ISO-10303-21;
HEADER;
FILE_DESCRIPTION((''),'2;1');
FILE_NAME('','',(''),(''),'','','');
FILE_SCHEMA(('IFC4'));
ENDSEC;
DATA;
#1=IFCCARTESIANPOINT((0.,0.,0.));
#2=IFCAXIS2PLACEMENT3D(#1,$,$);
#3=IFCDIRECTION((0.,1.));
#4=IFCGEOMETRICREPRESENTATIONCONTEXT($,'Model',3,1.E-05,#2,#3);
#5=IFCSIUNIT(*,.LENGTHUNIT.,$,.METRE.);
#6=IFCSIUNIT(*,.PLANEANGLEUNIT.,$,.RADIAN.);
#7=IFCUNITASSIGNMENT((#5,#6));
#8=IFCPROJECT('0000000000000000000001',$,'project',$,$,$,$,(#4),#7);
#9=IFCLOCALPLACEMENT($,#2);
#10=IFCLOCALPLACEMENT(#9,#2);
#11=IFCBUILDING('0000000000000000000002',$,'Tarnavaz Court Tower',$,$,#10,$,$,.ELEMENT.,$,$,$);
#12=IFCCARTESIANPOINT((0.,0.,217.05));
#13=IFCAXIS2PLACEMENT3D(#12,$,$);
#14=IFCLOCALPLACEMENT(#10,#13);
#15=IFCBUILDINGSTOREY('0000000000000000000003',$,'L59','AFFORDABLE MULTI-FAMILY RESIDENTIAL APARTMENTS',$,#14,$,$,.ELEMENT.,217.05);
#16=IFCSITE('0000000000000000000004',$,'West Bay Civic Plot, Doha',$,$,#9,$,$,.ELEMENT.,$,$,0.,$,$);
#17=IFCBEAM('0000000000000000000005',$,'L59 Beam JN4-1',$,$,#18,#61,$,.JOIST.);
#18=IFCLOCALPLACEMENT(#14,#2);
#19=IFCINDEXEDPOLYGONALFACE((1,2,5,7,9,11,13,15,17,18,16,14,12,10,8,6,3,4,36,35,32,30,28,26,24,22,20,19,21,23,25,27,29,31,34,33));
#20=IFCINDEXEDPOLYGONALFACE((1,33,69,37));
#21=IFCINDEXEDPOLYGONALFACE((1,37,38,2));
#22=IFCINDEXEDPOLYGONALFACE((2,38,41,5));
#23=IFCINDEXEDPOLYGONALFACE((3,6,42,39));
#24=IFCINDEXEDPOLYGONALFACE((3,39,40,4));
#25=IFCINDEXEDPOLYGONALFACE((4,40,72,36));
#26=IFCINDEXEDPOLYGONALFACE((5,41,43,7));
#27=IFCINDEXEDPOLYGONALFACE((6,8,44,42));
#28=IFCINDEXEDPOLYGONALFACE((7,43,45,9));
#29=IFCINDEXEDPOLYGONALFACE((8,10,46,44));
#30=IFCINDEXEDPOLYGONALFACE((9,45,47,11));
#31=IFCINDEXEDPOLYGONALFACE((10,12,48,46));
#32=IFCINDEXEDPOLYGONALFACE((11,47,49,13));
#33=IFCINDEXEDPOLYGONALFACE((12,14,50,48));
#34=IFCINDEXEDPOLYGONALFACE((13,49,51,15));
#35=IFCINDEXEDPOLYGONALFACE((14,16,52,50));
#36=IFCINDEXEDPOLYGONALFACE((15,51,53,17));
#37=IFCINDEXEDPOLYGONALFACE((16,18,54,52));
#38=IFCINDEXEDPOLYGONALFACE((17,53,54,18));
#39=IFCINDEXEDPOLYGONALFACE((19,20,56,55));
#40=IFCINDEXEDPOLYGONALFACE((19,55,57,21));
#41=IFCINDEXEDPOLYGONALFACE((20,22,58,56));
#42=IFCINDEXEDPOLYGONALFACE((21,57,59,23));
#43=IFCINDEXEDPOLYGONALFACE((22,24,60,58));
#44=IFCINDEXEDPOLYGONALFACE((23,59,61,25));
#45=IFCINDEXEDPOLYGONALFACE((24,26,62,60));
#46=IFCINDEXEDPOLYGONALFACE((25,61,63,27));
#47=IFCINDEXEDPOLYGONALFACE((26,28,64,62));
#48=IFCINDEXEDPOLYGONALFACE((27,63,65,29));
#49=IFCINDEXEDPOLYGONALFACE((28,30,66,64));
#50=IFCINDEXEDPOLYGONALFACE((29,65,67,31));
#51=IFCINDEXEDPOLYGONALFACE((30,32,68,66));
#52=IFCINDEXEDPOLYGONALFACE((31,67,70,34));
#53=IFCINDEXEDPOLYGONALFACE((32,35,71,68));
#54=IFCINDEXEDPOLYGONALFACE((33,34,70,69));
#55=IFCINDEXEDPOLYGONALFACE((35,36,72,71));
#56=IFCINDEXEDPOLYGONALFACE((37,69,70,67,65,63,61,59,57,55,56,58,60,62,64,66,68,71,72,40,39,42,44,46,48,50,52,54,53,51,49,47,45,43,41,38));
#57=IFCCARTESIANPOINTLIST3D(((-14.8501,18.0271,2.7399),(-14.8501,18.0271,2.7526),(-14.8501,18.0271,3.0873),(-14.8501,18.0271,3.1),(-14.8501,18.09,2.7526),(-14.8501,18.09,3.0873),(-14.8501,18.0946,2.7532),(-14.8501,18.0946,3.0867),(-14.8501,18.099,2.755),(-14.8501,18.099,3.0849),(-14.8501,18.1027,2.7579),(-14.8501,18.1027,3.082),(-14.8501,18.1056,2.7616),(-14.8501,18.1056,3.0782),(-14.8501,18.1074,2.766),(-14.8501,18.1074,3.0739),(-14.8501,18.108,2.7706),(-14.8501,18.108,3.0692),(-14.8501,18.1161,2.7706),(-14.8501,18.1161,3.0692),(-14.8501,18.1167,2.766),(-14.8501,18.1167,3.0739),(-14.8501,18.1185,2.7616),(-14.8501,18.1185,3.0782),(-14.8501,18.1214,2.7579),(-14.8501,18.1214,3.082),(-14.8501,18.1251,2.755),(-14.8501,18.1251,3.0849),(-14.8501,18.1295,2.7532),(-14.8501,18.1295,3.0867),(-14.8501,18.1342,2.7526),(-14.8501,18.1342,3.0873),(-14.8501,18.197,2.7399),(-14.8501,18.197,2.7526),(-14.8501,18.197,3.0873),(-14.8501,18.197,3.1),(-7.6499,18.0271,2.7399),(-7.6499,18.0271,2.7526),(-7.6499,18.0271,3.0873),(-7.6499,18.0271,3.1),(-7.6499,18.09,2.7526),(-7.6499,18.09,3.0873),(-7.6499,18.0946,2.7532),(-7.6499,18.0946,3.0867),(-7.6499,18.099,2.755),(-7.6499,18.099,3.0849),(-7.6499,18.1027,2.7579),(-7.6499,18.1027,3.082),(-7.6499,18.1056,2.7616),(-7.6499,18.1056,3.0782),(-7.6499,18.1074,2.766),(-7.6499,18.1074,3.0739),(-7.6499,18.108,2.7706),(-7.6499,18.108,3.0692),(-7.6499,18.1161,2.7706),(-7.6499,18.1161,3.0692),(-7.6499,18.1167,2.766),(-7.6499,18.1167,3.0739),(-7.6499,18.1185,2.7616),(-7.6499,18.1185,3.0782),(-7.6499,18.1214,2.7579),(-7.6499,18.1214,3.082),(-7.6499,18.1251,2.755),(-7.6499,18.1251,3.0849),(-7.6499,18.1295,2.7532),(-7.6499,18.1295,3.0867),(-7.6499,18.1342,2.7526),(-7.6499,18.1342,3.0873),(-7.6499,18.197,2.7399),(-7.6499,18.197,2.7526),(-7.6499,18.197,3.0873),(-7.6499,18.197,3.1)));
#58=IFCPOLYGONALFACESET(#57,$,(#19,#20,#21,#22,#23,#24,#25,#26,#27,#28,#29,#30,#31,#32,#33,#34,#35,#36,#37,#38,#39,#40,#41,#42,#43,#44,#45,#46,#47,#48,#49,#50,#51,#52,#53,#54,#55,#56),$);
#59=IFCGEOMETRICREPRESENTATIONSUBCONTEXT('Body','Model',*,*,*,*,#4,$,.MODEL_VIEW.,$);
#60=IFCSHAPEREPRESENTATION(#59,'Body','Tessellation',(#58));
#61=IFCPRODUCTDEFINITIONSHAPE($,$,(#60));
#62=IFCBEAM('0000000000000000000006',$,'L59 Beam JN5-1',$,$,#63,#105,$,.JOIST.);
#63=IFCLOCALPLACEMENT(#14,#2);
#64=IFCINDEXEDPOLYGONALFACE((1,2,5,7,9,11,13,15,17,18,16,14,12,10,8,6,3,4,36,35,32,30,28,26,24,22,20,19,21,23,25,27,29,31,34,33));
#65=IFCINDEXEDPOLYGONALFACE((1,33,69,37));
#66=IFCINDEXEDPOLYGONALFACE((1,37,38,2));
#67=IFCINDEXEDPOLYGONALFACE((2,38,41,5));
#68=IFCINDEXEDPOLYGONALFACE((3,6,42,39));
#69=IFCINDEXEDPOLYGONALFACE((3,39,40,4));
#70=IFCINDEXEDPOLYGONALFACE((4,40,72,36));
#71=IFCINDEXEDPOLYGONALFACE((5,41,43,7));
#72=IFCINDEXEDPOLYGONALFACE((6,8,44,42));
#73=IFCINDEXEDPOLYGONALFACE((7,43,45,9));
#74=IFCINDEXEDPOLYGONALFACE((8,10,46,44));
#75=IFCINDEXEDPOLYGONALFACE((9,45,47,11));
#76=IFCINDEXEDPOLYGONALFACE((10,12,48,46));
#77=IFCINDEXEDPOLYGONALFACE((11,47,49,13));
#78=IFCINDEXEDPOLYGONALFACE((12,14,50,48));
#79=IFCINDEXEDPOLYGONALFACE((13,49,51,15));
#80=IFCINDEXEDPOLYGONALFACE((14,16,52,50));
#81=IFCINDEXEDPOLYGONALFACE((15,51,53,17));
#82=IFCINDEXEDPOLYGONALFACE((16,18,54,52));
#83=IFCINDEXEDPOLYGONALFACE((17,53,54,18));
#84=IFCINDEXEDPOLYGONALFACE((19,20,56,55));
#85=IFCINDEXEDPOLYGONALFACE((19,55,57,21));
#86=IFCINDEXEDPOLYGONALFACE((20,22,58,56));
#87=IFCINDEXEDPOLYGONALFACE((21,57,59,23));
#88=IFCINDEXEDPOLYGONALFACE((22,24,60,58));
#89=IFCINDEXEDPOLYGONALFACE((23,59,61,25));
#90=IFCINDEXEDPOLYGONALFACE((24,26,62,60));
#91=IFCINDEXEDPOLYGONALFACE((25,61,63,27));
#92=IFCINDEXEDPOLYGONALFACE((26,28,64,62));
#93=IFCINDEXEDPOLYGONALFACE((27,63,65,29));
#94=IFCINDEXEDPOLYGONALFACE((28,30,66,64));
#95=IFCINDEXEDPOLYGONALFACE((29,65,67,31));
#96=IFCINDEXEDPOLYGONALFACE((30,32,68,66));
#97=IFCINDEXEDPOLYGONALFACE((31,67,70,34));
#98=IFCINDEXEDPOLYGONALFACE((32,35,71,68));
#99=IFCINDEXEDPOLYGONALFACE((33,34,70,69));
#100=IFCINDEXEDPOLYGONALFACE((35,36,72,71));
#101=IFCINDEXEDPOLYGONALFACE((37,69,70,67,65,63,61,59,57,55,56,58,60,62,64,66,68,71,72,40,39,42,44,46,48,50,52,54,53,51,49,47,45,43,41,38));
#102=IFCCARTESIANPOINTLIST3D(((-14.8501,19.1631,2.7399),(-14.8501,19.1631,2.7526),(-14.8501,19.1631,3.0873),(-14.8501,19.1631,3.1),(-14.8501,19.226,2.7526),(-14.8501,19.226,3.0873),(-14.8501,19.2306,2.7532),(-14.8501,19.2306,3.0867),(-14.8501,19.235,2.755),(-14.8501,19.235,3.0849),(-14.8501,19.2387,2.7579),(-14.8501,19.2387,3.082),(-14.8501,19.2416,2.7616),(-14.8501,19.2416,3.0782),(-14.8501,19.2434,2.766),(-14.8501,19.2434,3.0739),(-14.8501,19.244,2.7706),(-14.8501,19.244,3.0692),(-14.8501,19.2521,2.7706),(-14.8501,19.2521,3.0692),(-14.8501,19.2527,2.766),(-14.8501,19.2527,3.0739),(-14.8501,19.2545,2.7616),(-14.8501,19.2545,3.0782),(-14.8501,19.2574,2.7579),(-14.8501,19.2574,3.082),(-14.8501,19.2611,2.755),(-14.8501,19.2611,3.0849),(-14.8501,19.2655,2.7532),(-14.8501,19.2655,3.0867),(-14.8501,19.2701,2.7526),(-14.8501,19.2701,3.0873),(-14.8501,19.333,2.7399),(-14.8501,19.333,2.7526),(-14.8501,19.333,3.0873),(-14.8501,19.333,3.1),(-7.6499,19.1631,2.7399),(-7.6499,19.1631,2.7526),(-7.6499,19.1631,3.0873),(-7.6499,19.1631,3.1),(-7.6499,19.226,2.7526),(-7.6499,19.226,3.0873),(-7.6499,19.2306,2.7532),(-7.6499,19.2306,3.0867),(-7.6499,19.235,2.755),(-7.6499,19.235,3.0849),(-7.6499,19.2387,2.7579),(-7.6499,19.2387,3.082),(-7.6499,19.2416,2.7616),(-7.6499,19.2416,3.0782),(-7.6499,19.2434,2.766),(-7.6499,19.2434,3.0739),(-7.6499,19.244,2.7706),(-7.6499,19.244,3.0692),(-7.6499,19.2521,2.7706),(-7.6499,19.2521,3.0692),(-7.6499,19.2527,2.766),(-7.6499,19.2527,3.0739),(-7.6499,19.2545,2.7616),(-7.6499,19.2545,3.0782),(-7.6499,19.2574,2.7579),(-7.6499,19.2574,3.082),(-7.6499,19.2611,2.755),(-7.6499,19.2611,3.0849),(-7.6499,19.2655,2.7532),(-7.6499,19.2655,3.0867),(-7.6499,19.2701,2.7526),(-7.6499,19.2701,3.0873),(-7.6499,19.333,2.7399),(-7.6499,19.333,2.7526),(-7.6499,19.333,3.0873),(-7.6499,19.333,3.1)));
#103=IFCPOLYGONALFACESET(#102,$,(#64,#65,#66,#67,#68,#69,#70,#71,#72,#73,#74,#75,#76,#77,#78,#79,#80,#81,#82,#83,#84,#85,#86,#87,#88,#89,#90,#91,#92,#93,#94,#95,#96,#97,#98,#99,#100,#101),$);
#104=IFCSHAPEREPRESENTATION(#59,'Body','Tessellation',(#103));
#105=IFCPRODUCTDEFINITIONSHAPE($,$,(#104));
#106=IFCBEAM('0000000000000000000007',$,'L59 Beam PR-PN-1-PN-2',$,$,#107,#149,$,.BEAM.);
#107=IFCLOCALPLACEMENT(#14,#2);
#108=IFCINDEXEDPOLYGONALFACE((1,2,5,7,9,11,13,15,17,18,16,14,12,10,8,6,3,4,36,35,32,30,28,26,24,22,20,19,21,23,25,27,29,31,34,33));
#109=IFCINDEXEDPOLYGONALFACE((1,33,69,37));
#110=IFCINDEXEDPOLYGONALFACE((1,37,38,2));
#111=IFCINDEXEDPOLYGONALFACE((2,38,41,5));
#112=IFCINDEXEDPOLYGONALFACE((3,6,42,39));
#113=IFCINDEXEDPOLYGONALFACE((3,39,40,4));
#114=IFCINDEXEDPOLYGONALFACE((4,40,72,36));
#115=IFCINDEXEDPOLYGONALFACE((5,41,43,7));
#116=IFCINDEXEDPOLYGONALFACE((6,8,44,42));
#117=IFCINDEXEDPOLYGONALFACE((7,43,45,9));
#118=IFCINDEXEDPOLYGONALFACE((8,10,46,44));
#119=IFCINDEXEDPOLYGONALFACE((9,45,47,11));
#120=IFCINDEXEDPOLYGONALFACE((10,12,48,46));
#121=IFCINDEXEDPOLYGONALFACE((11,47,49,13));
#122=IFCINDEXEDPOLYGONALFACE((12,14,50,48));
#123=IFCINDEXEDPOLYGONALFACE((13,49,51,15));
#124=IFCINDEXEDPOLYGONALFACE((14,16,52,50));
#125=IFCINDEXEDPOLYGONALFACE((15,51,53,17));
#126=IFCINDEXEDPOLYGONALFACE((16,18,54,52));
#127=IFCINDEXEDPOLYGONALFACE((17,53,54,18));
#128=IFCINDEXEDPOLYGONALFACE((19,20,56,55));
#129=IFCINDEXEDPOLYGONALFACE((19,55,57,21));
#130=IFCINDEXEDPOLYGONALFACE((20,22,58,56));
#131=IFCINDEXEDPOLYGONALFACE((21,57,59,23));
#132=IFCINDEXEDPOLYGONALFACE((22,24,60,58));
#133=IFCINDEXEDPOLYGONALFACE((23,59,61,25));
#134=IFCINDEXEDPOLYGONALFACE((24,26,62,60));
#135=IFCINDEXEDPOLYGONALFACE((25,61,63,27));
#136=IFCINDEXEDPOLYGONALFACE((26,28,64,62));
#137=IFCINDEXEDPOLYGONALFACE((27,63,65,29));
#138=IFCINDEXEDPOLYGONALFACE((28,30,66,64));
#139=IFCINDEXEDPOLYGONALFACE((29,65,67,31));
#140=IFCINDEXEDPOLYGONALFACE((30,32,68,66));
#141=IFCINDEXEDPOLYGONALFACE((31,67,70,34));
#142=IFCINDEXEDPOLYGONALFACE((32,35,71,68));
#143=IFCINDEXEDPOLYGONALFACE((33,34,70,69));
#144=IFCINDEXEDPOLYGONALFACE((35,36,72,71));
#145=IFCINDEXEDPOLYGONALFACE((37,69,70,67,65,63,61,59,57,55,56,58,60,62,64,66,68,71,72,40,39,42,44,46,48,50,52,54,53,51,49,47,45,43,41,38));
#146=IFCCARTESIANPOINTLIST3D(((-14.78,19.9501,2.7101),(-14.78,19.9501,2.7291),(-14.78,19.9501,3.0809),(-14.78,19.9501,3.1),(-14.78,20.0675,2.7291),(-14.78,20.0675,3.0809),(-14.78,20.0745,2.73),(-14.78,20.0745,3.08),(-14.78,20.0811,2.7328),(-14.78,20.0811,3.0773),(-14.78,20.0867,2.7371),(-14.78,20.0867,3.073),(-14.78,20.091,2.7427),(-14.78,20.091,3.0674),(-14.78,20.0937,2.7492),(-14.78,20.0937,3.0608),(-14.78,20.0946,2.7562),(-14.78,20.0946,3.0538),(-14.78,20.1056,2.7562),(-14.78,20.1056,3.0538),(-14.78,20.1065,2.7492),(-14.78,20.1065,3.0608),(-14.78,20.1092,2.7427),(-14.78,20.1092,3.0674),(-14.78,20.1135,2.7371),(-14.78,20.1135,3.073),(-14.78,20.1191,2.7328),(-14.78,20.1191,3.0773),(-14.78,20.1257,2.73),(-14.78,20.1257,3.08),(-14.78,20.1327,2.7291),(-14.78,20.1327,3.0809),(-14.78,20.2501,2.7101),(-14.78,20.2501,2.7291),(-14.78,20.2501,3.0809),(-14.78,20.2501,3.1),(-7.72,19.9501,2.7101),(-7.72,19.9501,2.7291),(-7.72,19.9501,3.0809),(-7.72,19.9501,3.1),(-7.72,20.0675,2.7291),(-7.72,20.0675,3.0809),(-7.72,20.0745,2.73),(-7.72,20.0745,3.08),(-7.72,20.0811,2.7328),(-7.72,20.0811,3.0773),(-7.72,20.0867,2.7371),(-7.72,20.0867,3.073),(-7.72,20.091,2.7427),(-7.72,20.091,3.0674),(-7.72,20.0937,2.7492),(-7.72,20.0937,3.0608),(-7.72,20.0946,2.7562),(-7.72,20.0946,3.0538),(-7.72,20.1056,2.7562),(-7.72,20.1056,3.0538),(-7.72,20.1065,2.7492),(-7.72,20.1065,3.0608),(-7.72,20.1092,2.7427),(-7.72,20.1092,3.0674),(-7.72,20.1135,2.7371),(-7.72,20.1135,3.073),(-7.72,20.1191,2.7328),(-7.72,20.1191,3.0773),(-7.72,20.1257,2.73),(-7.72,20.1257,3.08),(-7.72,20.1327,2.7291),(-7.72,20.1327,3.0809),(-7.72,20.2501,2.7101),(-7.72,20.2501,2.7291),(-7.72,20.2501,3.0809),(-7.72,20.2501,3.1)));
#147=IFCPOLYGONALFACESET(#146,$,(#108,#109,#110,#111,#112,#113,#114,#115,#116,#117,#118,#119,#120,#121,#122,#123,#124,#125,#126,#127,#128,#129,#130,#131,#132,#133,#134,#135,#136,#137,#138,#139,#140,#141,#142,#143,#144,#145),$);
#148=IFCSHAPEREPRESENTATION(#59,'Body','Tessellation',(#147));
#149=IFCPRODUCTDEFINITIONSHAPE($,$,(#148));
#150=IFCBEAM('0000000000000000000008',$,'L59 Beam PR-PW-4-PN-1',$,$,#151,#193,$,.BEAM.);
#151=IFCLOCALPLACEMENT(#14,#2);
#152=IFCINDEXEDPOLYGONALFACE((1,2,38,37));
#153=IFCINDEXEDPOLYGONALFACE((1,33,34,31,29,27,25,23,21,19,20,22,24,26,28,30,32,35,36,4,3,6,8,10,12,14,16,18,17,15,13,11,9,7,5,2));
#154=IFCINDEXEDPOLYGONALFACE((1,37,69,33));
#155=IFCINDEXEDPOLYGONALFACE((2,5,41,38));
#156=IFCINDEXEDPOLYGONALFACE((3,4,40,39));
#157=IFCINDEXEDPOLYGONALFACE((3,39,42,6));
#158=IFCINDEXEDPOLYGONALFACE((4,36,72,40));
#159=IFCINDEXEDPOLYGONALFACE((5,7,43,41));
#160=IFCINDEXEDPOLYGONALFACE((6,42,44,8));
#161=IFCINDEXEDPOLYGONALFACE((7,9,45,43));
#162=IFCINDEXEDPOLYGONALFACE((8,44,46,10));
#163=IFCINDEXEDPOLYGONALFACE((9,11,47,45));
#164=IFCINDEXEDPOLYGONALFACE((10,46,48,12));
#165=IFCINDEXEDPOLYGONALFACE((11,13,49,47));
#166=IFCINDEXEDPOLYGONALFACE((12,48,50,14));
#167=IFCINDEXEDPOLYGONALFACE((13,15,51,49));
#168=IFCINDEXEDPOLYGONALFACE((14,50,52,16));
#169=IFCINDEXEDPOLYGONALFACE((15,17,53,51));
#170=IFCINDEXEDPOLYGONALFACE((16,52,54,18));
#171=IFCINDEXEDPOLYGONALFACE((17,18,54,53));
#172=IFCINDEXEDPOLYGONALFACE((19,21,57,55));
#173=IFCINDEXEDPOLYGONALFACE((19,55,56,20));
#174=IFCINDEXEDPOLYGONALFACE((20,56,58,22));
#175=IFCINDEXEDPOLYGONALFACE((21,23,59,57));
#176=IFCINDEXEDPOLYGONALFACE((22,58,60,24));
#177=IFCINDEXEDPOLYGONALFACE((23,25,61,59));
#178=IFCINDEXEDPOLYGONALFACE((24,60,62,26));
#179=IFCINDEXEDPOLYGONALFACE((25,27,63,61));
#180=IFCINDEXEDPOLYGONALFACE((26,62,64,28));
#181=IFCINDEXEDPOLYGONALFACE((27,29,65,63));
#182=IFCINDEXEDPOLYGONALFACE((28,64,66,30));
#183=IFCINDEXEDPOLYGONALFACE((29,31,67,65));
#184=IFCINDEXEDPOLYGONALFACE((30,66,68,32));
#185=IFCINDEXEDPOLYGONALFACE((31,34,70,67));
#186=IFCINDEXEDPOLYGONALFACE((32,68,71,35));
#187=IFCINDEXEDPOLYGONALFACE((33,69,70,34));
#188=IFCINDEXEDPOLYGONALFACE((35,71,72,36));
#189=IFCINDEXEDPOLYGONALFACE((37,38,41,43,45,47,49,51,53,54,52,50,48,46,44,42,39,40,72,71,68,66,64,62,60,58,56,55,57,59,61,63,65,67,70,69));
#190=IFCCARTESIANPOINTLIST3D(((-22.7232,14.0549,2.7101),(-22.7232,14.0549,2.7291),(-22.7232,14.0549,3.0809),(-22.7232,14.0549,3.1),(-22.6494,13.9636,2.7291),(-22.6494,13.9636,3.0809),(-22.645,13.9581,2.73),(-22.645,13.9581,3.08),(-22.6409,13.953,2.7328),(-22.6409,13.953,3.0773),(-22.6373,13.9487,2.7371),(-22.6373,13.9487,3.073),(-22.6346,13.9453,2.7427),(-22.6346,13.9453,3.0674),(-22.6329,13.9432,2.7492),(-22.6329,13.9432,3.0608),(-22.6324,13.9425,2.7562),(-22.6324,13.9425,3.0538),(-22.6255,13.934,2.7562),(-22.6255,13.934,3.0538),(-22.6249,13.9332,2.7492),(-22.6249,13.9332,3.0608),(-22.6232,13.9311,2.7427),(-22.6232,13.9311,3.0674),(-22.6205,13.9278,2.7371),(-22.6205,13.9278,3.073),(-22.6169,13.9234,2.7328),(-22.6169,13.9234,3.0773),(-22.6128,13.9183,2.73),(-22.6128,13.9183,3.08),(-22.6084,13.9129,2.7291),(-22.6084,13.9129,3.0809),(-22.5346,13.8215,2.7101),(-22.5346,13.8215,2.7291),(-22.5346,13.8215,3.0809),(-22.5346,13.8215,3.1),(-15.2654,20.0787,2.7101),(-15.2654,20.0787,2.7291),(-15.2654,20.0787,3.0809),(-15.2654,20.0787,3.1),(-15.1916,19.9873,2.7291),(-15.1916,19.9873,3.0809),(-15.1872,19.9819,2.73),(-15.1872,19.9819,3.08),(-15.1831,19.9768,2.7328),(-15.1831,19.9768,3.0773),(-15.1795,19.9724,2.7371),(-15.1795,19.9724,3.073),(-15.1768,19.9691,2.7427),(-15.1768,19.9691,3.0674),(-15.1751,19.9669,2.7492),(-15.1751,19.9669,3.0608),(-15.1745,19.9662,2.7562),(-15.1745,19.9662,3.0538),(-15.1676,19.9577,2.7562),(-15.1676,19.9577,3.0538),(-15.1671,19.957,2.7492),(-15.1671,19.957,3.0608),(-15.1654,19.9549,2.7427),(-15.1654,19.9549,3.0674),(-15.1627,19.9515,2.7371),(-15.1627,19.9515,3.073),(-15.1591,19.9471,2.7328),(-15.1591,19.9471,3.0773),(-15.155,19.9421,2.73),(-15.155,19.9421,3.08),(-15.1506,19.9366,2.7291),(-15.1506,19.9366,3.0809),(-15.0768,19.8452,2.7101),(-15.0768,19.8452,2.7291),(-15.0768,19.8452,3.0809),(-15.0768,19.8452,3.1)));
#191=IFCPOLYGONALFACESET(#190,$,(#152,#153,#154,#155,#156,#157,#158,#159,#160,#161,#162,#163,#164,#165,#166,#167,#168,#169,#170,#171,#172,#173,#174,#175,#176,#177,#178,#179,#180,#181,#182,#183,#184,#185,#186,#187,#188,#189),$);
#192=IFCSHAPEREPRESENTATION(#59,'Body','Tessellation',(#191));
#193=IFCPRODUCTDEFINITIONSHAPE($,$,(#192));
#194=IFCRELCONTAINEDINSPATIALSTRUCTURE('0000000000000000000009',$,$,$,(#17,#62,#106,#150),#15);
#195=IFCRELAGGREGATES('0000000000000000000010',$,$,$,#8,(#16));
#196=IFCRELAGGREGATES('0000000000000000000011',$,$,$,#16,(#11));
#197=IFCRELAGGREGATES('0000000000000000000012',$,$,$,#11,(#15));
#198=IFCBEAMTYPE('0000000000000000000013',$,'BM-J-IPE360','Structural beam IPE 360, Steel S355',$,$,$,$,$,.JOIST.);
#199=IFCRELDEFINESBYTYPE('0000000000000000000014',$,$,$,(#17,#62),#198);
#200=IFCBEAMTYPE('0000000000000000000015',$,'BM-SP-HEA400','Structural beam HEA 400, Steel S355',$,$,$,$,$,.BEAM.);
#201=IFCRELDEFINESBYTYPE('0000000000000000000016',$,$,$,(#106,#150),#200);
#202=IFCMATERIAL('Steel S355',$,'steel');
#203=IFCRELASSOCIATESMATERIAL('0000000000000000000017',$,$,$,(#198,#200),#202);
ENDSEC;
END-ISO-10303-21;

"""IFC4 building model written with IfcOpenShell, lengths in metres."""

from ifc_helpers import new_model, si_unit, direction, frame, origin, origin_2d, place, context, subcontext, project, spatial, i_section, extrude, material, material_profile, profile_set, type_object, element, save


model = new_model("IFC4")

# Units and contexts
model_context = context("Model", 3, precision=1e-05, world=origin(), true_north=direction((0.0, 1.0)))
body_context = subcontext(model_context, "Body", "Model", "MODEL_VIEW")
ifc_project = project(units=[si_unit("LENGTHUNIT", "METRE"), si_unit("PLANEANGLEUNIT", "RADIAN")], contexts=[model_context])

# Site, building, storey
site_placement = place(None, origin())
site = spatial("IfcSite", under=ifc_project, at=site_placement, Name="West Bay Civic Plot, Doha", CompositionType="ELEMENT", RefElevation=0.0)
building_placement = place(site_placement, origin())
building = spatial("IfcBuilding", under=site, at=building_placement, Name="Tarnavaz Court Tower", CompositionType="ELEMENT")
storey_placement = place(building_placement, frame((0.0, 0.0, 217.05)))
storey = spatial("IfcBuildingStorey", under=building, at=storey_placement, Name="L59", Description="AFFORDABLE MULTI-FAMILY RESIDENTIAL APARTMENTS", CompositionType="ELEMENT", Elevation=217.05)

# Beams
ifc_material_1 = material(Name="Steel S355", Category="steel")
ifc_material_profile_1 = material_profile(ifc_material_1, i_section(OverallWidth=0.1699, OverallDepth=0.3601, WebThickness=0.0081, FlangeThickness=0.0127, FilletRadius=0.0181, at=origin_2d()), Name="IPE 360")
ifc_profile_set_1 = profile_set([ifc_material_profile_1], Name="Steel S355")
beam_type_1 = type_object("IfcBeamType", Name="BM-J-IPE360", Description="Structural beam IPE 360, Steel S355", PredefinedType="JOIST", material=ifc_profile_set_1)
for number, where, z_axis, x_axis, name in (
    (1, (-14.8501, 18.1121, 2.9199), (1.0, 0.0, 0.0), (0.0, 1.0, 0.0), "L59 Beam JN4-1"),
    (2, (-14.8501, 19.248, 2.9199), (1.0, 0.0, 0.0), (0.0, 1.0, 0.0), "L59 Beam JN5-1"),
):
    element("IfcBeam", number, at=place(storey_placement, frame(where, z_axis=z_axis, x_axis=x_axis)), inside=storey, type_object=beam_type_1, Name=name, PredefinedType="JOIST", context=body_context, shape_type="SweptSolid", body=[
        extrude(i_section(OverallWidth=0.1699, OverallDepth=0.3601, WebThickness=0.0081, FlangeThickness=0.0127, FilletRadius=0.0181, at=origin_2d()), origin(), (0.0, 0.0, 1.0), 7.2002),
    ])
ifc_material_profile_2 = material_profile(ifc_material_1, i_section(OverallWidth=0.3, OverallDepth=0.3899, WebThickness=0.011, FlangeThickness=0.019, FilletRadius=0.0271, at=origin_2d()), Name="HEA 400")
ifc_profile_set_2 = profile_set([ifc_material_profile_2], Name="Steel S355")
beam_type_2 = type_object("IfcBeamType", Name="BM-SP-HEA400", Description="Structural beam HEA 400, Steel S355", PredefinedType="BEAM", material=ifc_profile_set_2)
beam_1_placement = place(storey_placement, frame((-14.78, 20.1001, 2.905), z_axis=(1.0, 0.0, 0.0), x_axis=(0.0, 1.0, 0.0)))
element("IfcBeam", 3, at=beam_1_placement, inside=storey, type_object=beam_type_2, Name="L59 Beam PR-PN-1-PN-2", PredefinedType="BEAM", context=body_context, shape_type="SweptSolid", body=[
    extrude(i_section(OverallWidth=0.3, OverallDepth=0.3899, WebThickness=0.011, FlangeThickness=0.019, FilletRadius=0.0271, at=origin_2d()), origin(), (0.0, 0.0, 1.0), 7.0601),
])
beam_2_placement = place(storey_placement, frame((-22.6289, 13.9382, 2.905), z_axis=(0.777936, 0.628344, 0.0), x_axis=(-0.628344, 0.777936, 0.0)))
element("IfcBeam", 4, at=beam_2_placement, inside=storey, type_object=beam_type_2, Name="L59 Beam PR-PW-4-PN-1", PredefinedType="BEAM", context=body_context, shape_type="SweptSolid", body=[
    extrude(i_section(OverallWidth=0.3, OverallDepth=0.3899, WebThickness=0.011, FlangeThickness=0.019, FilletRadius=0.0271, at=origin_2d()), origin(), (0.0, 0.0, 1.0), 9.5867),
])

save(model, "model.ifc")
